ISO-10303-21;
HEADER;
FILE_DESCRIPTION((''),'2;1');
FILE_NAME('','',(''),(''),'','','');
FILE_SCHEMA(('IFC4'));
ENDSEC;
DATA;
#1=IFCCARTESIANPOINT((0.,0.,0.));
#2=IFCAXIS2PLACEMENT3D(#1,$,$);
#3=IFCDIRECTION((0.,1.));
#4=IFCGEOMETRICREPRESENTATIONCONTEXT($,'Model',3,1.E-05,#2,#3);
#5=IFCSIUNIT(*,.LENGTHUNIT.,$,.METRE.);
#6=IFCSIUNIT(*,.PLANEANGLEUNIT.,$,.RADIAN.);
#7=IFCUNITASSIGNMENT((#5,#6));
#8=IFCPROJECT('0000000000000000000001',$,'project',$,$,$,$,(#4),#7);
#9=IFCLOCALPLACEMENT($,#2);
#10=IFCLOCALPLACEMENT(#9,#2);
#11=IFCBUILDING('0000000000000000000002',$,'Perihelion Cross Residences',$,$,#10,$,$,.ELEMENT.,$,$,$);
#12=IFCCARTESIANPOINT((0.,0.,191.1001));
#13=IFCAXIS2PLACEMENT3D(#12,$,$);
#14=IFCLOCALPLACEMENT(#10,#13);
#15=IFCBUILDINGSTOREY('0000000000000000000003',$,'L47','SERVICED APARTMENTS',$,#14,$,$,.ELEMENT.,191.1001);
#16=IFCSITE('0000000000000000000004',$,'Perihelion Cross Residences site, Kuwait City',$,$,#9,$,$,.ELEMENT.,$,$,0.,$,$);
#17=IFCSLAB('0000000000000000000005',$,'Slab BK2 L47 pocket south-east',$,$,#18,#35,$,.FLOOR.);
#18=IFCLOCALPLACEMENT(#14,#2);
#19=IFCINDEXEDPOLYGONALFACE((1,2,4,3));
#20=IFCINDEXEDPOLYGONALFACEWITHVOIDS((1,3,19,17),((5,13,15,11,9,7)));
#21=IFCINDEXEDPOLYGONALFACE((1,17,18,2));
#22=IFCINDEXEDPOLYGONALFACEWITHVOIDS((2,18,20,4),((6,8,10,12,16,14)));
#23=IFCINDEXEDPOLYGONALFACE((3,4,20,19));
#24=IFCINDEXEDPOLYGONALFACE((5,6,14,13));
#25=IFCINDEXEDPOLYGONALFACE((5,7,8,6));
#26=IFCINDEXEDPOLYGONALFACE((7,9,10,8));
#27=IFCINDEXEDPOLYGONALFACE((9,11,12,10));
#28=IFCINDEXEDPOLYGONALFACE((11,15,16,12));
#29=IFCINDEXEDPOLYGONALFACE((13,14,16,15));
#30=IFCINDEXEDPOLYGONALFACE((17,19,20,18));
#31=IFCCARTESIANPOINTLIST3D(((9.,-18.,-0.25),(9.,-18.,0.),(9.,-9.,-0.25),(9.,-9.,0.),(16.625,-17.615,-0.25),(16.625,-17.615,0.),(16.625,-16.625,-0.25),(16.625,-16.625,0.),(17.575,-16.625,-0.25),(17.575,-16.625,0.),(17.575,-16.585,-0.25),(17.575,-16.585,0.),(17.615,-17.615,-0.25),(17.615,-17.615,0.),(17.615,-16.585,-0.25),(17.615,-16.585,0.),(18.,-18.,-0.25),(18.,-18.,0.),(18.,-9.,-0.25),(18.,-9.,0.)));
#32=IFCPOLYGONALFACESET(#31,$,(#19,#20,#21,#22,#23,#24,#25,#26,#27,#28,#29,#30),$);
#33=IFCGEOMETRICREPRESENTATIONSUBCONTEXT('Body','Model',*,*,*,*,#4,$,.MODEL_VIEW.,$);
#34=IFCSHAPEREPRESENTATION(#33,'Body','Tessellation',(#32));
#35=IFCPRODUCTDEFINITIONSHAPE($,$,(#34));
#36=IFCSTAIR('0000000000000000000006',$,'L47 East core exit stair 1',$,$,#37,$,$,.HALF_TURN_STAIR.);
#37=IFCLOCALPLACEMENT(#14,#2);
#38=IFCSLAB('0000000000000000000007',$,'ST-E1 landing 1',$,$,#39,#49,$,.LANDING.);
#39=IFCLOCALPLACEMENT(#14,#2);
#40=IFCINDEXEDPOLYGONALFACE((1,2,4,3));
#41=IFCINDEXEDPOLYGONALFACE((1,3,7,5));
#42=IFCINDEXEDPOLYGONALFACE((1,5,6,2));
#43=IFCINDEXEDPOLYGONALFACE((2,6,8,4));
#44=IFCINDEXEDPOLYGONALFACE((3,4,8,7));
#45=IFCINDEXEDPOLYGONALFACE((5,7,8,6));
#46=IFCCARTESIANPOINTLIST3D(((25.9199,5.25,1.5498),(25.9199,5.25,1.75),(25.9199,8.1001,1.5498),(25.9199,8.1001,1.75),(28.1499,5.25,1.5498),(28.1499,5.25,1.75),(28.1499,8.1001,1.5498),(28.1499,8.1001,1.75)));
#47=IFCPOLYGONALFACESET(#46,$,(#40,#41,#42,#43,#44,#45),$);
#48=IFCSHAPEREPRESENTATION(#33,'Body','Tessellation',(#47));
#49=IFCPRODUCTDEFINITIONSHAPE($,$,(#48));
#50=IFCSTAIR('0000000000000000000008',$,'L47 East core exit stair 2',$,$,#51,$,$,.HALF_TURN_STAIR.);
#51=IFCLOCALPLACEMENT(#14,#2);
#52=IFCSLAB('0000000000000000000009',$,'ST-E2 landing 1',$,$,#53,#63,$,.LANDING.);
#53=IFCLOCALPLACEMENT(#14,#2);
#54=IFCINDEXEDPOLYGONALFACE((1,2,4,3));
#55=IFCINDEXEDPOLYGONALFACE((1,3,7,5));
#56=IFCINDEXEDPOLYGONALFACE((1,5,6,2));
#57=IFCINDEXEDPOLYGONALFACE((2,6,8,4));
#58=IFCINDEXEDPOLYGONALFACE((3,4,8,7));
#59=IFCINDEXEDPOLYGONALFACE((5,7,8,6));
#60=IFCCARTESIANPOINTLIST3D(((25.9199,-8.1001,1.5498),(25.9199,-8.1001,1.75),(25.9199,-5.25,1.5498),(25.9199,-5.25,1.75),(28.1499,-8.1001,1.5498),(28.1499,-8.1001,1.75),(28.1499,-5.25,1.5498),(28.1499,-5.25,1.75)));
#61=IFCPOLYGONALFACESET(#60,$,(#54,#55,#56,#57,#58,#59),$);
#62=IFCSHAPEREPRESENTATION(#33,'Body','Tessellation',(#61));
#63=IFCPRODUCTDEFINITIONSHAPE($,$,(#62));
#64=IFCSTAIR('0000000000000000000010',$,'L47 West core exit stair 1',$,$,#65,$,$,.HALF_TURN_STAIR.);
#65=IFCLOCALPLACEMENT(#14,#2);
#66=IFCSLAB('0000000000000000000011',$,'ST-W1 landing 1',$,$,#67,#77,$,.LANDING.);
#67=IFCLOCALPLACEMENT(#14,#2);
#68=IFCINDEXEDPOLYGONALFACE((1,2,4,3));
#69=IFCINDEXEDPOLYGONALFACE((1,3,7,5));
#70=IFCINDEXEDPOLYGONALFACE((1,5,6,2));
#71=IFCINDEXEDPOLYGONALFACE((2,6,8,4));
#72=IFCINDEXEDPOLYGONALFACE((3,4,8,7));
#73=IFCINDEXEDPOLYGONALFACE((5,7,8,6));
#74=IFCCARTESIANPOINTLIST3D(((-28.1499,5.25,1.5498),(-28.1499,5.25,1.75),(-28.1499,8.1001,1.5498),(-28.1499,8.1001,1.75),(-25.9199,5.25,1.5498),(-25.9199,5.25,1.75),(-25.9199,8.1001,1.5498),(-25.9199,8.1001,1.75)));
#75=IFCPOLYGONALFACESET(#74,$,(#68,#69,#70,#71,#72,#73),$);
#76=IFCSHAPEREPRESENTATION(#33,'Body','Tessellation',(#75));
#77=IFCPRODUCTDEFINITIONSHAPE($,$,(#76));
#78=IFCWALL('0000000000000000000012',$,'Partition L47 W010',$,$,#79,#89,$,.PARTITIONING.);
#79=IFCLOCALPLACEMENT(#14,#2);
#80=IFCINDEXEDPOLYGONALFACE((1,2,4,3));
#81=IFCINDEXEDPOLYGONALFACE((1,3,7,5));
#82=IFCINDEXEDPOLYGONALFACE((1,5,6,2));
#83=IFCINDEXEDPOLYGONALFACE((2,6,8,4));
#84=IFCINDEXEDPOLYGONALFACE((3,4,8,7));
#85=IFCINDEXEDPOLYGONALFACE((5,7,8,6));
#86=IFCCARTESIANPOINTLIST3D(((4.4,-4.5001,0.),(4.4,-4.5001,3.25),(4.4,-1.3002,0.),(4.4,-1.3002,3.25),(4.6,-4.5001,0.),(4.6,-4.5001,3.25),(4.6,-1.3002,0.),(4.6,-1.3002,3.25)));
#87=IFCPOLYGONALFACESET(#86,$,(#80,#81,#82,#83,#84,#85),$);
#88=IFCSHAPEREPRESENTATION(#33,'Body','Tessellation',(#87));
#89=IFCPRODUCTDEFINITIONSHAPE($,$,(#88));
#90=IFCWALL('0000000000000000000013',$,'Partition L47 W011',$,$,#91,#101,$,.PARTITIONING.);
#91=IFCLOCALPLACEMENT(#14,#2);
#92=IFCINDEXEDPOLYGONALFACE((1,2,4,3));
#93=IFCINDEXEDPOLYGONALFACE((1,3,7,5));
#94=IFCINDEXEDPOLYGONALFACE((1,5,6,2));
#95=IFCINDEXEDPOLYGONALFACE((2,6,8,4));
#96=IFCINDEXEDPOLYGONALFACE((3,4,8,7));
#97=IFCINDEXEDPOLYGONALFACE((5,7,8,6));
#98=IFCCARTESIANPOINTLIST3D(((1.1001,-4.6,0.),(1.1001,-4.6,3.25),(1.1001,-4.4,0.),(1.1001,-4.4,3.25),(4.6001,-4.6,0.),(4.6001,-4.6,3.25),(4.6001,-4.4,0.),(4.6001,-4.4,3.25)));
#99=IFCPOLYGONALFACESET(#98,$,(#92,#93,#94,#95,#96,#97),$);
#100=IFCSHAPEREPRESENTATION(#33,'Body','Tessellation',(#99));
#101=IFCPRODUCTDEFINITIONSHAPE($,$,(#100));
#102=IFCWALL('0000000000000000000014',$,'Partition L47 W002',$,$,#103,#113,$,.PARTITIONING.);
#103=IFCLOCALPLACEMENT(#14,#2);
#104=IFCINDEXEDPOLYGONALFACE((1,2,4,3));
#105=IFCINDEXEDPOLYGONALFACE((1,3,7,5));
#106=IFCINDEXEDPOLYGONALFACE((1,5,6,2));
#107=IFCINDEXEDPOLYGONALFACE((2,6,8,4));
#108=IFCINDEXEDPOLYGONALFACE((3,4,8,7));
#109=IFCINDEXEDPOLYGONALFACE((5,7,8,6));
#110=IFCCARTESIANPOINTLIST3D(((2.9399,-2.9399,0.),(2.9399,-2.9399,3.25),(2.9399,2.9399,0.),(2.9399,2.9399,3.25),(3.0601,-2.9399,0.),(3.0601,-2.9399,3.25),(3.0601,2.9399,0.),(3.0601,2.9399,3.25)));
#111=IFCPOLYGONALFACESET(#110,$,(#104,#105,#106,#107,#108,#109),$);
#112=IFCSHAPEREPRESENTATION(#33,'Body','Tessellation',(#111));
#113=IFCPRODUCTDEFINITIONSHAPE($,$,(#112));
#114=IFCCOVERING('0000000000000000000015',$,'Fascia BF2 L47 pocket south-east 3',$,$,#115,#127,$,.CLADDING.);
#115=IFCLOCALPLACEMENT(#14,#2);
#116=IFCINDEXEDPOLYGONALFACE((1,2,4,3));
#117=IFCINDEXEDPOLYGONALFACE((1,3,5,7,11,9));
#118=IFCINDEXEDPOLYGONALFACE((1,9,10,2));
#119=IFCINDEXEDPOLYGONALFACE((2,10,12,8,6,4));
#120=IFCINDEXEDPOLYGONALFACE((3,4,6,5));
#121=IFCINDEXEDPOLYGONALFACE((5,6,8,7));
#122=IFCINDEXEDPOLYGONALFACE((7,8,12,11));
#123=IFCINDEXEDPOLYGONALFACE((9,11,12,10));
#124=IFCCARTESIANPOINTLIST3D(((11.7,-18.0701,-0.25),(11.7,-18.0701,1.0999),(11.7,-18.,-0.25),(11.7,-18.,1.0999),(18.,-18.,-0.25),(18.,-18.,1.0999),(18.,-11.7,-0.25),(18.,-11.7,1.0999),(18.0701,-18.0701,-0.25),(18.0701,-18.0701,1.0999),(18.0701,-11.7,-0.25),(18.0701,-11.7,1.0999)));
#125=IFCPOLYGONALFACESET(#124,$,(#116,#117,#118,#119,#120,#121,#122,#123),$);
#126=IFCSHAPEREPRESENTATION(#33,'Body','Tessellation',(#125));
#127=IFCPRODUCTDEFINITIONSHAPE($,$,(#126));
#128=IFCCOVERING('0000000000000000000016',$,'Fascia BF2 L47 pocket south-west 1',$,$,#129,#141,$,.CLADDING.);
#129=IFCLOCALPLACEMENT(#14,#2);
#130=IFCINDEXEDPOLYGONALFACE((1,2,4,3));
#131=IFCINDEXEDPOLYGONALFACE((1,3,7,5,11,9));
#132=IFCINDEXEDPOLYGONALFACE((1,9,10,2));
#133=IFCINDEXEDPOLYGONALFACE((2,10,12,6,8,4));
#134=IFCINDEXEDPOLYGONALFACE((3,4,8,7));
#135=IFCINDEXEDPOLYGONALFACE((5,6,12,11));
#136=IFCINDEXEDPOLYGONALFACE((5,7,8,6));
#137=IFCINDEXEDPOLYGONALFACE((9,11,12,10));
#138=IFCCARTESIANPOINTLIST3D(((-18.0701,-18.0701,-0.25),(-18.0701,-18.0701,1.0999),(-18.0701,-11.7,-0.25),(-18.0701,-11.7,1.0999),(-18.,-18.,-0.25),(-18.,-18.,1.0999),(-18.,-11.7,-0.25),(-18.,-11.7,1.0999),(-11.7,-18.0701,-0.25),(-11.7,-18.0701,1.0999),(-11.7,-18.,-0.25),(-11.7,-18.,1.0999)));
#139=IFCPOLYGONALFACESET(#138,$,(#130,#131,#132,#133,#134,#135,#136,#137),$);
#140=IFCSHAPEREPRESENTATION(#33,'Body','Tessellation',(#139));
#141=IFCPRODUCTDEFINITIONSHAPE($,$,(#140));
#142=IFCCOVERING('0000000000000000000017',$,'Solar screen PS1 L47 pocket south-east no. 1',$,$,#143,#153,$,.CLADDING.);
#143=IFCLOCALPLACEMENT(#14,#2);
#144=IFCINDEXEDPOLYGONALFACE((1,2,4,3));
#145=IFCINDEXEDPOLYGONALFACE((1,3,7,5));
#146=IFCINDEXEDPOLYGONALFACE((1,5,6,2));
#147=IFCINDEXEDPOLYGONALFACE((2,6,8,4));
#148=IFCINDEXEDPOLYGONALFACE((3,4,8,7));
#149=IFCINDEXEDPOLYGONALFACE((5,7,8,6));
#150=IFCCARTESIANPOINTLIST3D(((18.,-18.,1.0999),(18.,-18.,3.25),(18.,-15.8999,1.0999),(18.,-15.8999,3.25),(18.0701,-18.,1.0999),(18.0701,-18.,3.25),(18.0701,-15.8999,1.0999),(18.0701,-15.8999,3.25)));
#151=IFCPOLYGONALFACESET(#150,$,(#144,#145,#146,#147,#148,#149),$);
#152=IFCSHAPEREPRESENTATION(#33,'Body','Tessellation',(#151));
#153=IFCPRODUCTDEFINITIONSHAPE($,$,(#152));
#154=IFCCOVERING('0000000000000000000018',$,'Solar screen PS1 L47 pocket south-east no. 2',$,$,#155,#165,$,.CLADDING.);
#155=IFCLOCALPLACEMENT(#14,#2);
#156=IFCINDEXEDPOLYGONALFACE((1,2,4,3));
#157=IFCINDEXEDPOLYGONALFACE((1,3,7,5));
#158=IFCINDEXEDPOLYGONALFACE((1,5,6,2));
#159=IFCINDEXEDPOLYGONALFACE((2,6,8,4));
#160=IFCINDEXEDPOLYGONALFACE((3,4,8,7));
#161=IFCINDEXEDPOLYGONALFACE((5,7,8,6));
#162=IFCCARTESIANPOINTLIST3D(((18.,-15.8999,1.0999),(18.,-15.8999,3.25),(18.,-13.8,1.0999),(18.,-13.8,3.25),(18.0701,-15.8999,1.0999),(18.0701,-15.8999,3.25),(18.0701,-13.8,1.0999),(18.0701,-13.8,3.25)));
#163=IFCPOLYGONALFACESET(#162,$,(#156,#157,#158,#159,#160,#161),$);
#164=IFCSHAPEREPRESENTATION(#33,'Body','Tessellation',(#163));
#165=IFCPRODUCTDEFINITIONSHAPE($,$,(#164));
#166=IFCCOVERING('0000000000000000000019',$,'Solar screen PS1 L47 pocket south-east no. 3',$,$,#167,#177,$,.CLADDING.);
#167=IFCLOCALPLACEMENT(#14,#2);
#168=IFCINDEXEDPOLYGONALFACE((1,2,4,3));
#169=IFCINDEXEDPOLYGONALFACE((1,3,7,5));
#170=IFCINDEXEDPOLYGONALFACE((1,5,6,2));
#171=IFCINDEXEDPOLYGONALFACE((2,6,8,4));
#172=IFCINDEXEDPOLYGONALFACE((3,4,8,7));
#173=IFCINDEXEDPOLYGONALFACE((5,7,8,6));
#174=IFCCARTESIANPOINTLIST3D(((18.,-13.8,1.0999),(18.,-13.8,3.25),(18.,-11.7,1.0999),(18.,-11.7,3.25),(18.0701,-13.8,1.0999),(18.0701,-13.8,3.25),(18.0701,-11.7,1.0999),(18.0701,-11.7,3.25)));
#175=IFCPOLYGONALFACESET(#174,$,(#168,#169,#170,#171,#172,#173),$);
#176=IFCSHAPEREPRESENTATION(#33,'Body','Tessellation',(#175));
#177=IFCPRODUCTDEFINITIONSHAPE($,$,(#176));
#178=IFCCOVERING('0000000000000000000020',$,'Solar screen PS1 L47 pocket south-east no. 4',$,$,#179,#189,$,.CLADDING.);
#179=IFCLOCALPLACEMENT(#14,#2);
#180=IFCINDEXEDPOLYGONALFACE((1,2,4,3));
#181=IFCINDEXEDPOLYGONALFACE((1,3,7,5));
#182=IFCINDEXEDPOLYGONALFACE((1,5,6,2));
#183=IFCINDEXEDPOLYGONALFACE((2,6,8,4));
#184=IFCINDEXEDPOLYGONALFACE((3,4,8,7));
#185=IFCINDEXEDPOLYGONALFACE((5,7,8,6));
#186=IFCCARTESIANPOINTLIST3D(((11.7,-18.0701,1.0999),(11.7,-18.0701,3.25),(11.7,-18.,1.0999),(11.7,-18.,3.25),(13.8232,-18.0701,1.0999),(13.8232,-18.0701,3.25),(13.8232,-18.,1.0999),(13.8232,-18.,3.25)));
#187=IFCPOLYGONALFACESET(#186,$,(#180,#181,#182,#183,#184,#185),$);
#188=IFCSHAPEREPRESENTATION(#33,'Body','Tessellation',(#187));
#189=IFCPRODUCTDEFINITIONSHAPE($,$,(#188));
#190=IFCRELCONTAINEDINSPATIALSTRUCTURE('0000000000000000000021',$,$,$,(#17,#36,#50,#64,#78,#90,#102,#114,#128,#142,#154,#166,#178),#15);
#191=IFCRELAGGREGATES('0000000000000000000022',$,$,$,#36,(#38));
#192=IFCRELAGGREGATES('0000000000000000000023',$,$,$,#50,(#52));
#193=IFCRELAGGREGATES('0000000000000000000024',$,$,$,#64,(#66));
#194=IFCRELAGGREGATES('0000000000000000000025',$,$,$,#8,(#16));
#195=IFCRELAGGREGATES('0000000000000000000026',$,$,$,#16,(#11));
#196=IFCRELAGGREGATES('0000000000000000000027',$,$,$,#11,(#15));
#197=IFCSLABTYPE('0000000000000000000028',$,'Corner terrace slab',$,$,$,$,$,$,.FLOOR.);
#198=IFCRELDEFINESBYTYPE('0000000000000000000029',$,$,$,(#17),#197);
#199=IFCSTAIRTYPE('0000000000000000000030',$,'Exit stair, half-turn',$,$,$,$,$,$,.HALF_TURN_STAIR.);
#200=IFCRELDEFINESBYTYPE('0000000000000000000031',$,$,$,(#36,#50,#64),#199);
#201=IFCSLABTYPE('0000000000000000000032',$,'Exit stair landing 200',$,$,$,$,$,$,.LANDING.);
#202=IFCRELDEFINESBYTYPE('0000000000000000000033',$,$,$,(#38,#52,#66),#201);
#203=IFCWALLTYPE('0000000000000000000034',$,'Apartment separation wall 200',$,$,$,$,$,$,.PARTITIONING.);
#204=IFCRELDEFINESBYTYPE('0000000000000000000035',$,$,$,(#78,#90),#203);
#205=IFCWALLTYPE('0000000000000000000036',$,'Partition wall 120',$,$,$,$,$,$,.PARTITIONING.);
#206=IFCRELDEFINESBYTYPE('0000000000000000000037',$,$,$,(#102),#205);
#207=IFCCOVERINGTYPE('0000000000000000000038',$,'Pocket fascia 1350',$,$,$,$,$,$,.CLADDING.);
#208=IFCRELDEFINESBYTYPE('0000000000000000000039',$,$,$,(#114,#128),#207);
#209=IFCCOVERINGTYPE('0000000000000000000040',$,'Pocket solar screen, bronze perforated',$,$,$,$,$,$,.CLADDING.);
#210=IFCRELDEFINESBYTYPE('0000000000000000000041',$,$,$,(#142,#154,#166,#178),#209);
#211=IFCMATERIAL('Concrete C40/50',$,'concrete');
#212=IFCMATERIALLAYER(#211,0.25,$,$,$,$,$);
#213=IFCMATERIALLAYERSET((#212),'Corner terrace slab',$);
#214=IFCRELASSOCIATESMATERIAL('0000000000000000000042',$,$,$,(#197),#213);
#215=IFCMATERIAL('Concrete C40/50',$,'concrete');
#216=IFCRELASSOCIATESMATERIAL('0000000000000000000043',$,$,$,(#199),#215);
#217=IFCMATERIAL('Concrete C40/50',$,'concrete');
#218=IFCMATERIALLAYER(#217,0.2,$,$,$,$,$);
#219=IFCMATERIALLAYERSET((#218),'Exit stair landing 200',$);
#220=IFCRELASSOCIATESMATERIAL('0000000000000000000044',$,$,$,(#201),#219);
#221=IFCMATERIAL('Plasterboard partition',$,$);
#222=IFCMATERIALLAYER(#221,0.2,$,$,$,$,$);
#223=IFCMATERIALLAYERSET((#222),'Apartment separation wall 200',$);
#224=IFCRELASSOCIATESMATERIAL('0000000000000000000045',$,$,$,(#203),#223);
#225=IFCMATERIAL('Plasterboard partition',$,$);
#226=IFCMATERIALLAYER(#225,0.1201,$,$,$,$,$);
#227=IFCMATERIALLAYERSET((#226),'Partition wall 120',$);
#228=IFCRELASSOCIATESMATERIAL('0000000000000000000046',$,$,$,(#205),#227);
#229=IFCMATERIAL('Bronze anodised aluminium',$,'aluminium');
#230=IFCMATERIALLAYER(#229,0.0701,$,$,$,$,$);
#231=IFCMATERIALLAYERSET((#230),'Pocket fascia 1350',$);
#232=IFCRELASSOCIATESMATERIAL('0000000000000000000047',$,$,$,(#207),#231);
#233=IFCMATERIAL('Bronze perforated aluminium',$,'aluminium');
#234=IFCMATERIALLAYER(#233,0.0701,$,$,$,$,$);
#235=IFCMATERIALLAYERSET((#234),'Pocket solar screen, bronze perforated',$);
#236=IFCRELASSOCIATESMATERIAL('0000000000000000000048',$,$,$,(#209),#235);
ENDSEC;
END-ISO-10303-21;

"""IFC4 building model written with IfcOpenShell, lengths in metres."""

from ifc_helpers import new_model, si_unit, direction, frame, frame_2d, origin, place, context, subcontext, project, spatial, polyline, rectangle, outline, extrude, material, layer, layer_set, type_object, element, aggregate, save


model = new_model("IFC4")

# Units and contexts
model_context = context("Model", 3, precision=1e-05, world=origin(), true_north=direction((0.0, 1.0)))
body_context = subcontext(model_context, "Body", "Model", "MODEL_VIEW")
ifc_project = project(units=[si_unit("LENGTHUNIT", "METRE"), si_unit("PLANEANGLEUNIT", "RADIAN")], contexts=[model_context])

# Site, building, storey
site_placement = place(None, origin())
site = spatial("IfcSite", under=ifc_project, at=site_placement, Name="Perihelion Cross Residences site, Kuwait City", CompositionType="ELEMENT", RefElevation=0.0)
building_placement = place(site_placement, origin())
building = spatial("IfcBuilding", under=site, at=building_placement, Name="Perihelion Cross Residences", CompositionType="ELEMENT")
storey_placement = place(building_placement, frame((0.0, 0.0, 191.1001)))
storey = spatial("IfcBuildingStorey", under=building, at=storey_placement, Name="L47", Description="SERVICED APARTMENTS", CompositionType="ELEMENT", Elevation=191.1001)

# Slab
ifc_material_1 = material(Name="Concrete C40/50", Category="concrete")
ifc_layer_1 = layer(ifc_material_1, 0.25)
ifc_layer_set_1 = layer_set([ifc_layer_1], Name="Corner terrace slab")
slab_type_1 = type_object("IfcSlabType", Name="Corner terrace slab", PredefinedType="FLOOR", material=ifc_layer_set_1)
slab_1_placement = place(storey_placement, frame((0.0, 0.0, -0.25)))
element("IfcSlab", 1, at=slab_1_placement, inside=storey, type_object=slab_type_1, Name="Slab BK2 L47 pocket south-east", PredefinedType="FLOOR", context=body_context, shape_type="SweptSolid", body=[
    extrude(outline(polyline([(18.0, -18.0), (18.0, -9.0), (9.0, -9.0), (9.0, -18.0), (18.0, -18.0)]), holes=[polyline([(16.625, -17.615), (16.625, -16.625), (17.575, -16.625), (17.575, -16.585), (17.615, -16.585), (17.615, -17.615), (16.625, -17.615)])]), origin(), (0.0, 0.0, 1.0), 0.25),
])

# Stairs, slabs
ifc_material_2 = material(Name="Concrete C40/50", Category="concrete")
stair_type = type_object("IfcStairType", Name="Exit stair, half-turn", PredefinedType="HALF_TURN_STAIR", material=ifc_material_2)
stair_1_placement = place(storey_placement, origin())
stair_1 = element("IfcStair", 2, at=stair_1_placement, inside=storey, type_object=stair_type, Name="L47 East core exit stair 1", PredefinedType="HALF_TURN_STAIR")
ifc_material_3 = material(Name="Concrete C40/50", Category="concrete")
ifc_layer_2 = layer(ifc_material_3, 0.2)
ifc_layer_set_2 = layer_set([ifc_layer_2], Name="Exit stair landing 200")
slab_type_2 = type_object("IfcSlabType", Name="Exit stair landing 200", PredefinedType="LANDING", material=ifc_layer_set_2)
slab_2_placement = place(storey_placement, frame((0.0, 0.0, 1.5498)))
slab_2 = element("IfcSlab", 3, at=slab_2_placement, type_object=slab_type_2, Name="ST-E1 landing 1", PredefinedType="LANDING", context=body_context, shape_type="SweptSolid", body=[
    extrude(outline(polyline([(25.9199, 5.25), (28.1499, 5.25), (28.1499, 8.1001), (25.9199, 8.1001), (25.9199, 5.25)])), origin(), (0.0, 0.0, 1.0), 0.2002),
])
aggregate(stair_1, [slab_2])
stair_2_placement = place(storey_placement, origin())
stair_2 = element("IfcStair", 4, at=stair_2_placement, inside=storey, type_object=stair_type, Name="L47 East core exit stair 2", PredefinedType="HALF_TURN_STAIR")
slab_3_placement = place(storey_placement, frame((0.0, 0.0, 1.5498)))
slab_3 = element("IfcSlab", 5, at=slab_3_placement, type_object=slab_type_2, Name="ST-E2 landing 1", PredefinedType="LANDING", context=body_context, shape_type="SweptSolid", body=[
    extrude(outline(polyline([(25.9199, -8.1001), (28.1499, -8.1001), (28.1499, -5.25), (25.9199, -5.25), (25.9199, -8.1001)])), origin(), (0.0, 0.0, 1.0), 0.2002),
])
aggregate(stair_2, [slab_3])
stair_3_placement = place(storey_placement, origin())
stair_3 = element("IfcStair", 6, at=stair_3_placement, inside=storey, type_object=stair_type, Name="L47 West core exit stair 1", PredefinedType="HALF_TURN_STAIR")
slab_4_placement = place(storey_placement, frame((0.0, 0.0, 1.5498)))
slab_4 = element("IfcSlab", 7, at=slab_4_placement, type_object=slab_type_2, Name="ST-W1 landing 1", PredefinedType="LANDING", context=body_context, shape_type="SweptSolid", body=[
    extrude(outline(polyline([(-25.9199, 8.1001), (-28.1499, 8.1001), (-28.1499, 5.25), (-25.9199, 5.25), (-25.9199, 8.1001)])), origin(), (0.0, 0.0, 1.0), 0.2002),
])
aggregate(stair_3, [slab_4])

# Walls
ifc_material_4 = material(Name="Plasterboard partition")
ifc_layer_3 = layer(ifc_material_4, 0.2)
ifc_layer_set_3 = layer_set([ifc_layer_3], Name="Apartment separation wall 200")
wall_type_1 = type_object("IfcWallType", Name="Apartment separation wall 200", PredefinedType="PARTITIONING", material=ifc_layer_set_3)
wall_1_placement = place(storey_placement, frame((4.5, -1.3, 0.0), z_axis=(0.0, 0.0, 1.0), x_axis=(0.0, -1.0, 0.0)))
element("IfcWall", 8, at=wall_1_placement, inside=storey, type_object=wall_type_1, Name="Partition L47 W010", PredefinedType="PARTITIONING", context=body_context, shape_type="SweptSolid", body=[
    extrude(rectangle(XDim=3.2, YDim=0.2, at=frame_2d((1.6001, 0.0))), origin(), (0.0, 0.0, 1.0), 3.25),
])
wall_2_placement = place(storey_placement, frame((4.6001, -4.5, 0.0), z_axis=(0.0, 0.0, 1.0), x_axis=(-1.0, 0.0, 0.0)))
element("IfcWall", 9, at=wall_2_placement, inside=storey, type_object=wall_type_1, Name="Partition L47 W011", PredefinedType="PARTITIONING", context=body_context, shape_type="SweptSolid", body=[
    extrude(rectangle(XDim=3.5, YDim=0.2, at=frame_2d((1.75, 0.0))), origin(), (0.0, 0.0, 1.0), 3.25),
])
ifc_material_5 = material(Name="Plasterboard partition")
ifc_layer_4 = layer(ifc_material_5, 0.1201)
ifc_layer_set_4 = layer_set([ifc_layer_4], Name="Partition wall 120")
wall_type_2 = type_object("IfcWallType", Name="Partition wall 120", PredefinedType="PARTITIONING", material=ifc_layer_set_4)
wall_3_placement = place(storey_placement, frame((3.0, -2.9399, 0.0), z_axis=(0.0, 0.0, 1.0), x_axis=(0.0, 1.0, 0.0)))
element("IfcWall", 10, at=wall_3_placement, inside=storey, type_object=wall_type_2, Name="Partition L47 W002", PredefinedType="PARTITIONING", context=body_context, shape_type="SweptSolid", body=[
    extrude(rectangle(XDim=5.8799, YDim=0.1201, at=frame_2d((2.9399, 0.0))), origin(), (0.0, 0.0, 1.0), 3.25),
])

# Coverings
ifc_material_6 = material(Name="Bronze anodised aluminium", Category="aluminium")
ifc_layer_5 = layer(ifc_material_6, 0.0701)
ifc_layer_set_5 = layer_set([ifc_layer_5], Name="Pocket fascia 1350")
covering_type_1 = type_object("IfcCoveringType", Name="Pocket fascia 1350", PredefinedType="CLADDING", material=ifc_layer_set_5)
covering_1_placement = place(storey_placement, frame((0.0, 0.0, -0.25)))
element("IfcCovering", 11, at=covering_1_placement, inside=storey, type_object=covering_type_1, Name="Fascia BF2 L47 pocket south-east 3", PredefinedType="CLADDING", context=body_context, shape_type="SweptSolid", body=[
    extrude(outline(polyline([(18.0701, -18.0701), (18.0701, -11.7), (18.0, -11.7), (18.0, -18.0), (11.7, -18.0), (11.7, -18.0701), (18.0701, -18.0701)])), origin(), (0.0, 0.0, 1.0), 1.3499),
])
covering_2_placement = place(storey_placement, frame((0.0, 0.0, -0.25)))
element("IfcCovering", 12, at=covering_2_placement, inside=storey, type_object=covering_type_1, Name="Fascia BF2 L47 pocket south-west 1", PredefinedType="CLADDING", context=body_context, shape_type="SweptSolid", body=[
    extrude(outline(polyline([(-18.0701, -11.7), (-18.0701, -18.0701), (-11.7, -18.0701), (-11.7, -18.0), (-18.0, -18.0), (-18.0, -11.7), (-18.0701, -11.7)])), origin(), (0.0, 0.0, 1.0), 1.3499),
])
ifc_material_7 = material(Name="Bronze perforated aluminium", Category="aluminium")
ifc_layer_6 = layer(ifc_material_7, 0.0701)
ifc_layer_set_6 = layer_set([ifc_layer_6], Name="Pocket solar screen, bronze perforated")
covering_type_2 = type_object("IfcCoveringType", Name="Pocket solar screen, bronze perforated", PredefinedType="CLADDING", material=ifc_layer_set_6)
covering_3_placement = place(storey_placement, frame((0.0, 0.0, 1.0999)))
element("IfcCovering", 13, at=covering_3_placement, inside=storey, type_object=covering_type_2, Name="Solar screen PS1 L47 pocket south-east no. 1", PredefinedType="CLADDING", context=body_context, shape_type="SweptSolid", body=[
    extrude(outline(polyline([(18.0701, -18.0), (18.0701, -15.8999), (18.0, -15.8999), (18.0, -18.0), (18.0701, -18.0)])), origin(), (0.0, 0.0, 1.0), 2.1501),
])
covering_4_placement = place(storey_placement, frame((0.0, 0.0, 1.0999)))
element("IfcCovering", 14, at=covering_4_placement, inside=storey, type_object=covering_type_2, Name="Solar screen PS1 L47 pocket south-east no. 2", PredefinedType="CLADDING", context=body_context, shape_type="SweptSolid", body=[
    extrude(outline(polyline([(18.0701, -15.8999), (18.0701, -13.8), (18.0, -13.8), (18.0, -15.8999), (18.0701, -15.8999)])), origin(), (0.0, 0.0, 1.0), 2.1501),
])
covering_5_placement = place(storey_placement, frame((0.0, 0.0, 1.0999)))
element("IfcCovering", 15, at=covering_5_placement, inside=storey, type_object=covering_type_2, Name="Solar screen PS1 L47 pocket south-east no. 3", PredefinedType="CLADDING", context=body_context, shape_type="SweptSolid", body=[
    extrude(outline(polyline([(18.0701, -13.8), (18.0701, -11.7), (18.0, -11.7), (18.0, -13.8), (18.0701, -13.8)])), origin(), (0.0, 0.0, 1.0), 2.1501),
])
covering_6_placement = place(storey_placement, frame((0.0, 0.0, 1.0999)))
element("IfcCovering", 16, at=covering_6_placement, inside=storey, type_object=covering_type_2, Name="Solar screen PS1 L47 pocket south-east no. 4", PredefinedType="CLADDING", context=body_context, shape_type="SweptSolid", body=[
    extrude(outline(polyline([(13.8232, -18.0701), (13.8232, -18.0), (11.7, -18.0), (11.7, -18.0701), (13.8232, -18.0701)])), origin(), (0.0, 0.0, 1.0), 2.1501),
])

save(model, "model.ifc")
